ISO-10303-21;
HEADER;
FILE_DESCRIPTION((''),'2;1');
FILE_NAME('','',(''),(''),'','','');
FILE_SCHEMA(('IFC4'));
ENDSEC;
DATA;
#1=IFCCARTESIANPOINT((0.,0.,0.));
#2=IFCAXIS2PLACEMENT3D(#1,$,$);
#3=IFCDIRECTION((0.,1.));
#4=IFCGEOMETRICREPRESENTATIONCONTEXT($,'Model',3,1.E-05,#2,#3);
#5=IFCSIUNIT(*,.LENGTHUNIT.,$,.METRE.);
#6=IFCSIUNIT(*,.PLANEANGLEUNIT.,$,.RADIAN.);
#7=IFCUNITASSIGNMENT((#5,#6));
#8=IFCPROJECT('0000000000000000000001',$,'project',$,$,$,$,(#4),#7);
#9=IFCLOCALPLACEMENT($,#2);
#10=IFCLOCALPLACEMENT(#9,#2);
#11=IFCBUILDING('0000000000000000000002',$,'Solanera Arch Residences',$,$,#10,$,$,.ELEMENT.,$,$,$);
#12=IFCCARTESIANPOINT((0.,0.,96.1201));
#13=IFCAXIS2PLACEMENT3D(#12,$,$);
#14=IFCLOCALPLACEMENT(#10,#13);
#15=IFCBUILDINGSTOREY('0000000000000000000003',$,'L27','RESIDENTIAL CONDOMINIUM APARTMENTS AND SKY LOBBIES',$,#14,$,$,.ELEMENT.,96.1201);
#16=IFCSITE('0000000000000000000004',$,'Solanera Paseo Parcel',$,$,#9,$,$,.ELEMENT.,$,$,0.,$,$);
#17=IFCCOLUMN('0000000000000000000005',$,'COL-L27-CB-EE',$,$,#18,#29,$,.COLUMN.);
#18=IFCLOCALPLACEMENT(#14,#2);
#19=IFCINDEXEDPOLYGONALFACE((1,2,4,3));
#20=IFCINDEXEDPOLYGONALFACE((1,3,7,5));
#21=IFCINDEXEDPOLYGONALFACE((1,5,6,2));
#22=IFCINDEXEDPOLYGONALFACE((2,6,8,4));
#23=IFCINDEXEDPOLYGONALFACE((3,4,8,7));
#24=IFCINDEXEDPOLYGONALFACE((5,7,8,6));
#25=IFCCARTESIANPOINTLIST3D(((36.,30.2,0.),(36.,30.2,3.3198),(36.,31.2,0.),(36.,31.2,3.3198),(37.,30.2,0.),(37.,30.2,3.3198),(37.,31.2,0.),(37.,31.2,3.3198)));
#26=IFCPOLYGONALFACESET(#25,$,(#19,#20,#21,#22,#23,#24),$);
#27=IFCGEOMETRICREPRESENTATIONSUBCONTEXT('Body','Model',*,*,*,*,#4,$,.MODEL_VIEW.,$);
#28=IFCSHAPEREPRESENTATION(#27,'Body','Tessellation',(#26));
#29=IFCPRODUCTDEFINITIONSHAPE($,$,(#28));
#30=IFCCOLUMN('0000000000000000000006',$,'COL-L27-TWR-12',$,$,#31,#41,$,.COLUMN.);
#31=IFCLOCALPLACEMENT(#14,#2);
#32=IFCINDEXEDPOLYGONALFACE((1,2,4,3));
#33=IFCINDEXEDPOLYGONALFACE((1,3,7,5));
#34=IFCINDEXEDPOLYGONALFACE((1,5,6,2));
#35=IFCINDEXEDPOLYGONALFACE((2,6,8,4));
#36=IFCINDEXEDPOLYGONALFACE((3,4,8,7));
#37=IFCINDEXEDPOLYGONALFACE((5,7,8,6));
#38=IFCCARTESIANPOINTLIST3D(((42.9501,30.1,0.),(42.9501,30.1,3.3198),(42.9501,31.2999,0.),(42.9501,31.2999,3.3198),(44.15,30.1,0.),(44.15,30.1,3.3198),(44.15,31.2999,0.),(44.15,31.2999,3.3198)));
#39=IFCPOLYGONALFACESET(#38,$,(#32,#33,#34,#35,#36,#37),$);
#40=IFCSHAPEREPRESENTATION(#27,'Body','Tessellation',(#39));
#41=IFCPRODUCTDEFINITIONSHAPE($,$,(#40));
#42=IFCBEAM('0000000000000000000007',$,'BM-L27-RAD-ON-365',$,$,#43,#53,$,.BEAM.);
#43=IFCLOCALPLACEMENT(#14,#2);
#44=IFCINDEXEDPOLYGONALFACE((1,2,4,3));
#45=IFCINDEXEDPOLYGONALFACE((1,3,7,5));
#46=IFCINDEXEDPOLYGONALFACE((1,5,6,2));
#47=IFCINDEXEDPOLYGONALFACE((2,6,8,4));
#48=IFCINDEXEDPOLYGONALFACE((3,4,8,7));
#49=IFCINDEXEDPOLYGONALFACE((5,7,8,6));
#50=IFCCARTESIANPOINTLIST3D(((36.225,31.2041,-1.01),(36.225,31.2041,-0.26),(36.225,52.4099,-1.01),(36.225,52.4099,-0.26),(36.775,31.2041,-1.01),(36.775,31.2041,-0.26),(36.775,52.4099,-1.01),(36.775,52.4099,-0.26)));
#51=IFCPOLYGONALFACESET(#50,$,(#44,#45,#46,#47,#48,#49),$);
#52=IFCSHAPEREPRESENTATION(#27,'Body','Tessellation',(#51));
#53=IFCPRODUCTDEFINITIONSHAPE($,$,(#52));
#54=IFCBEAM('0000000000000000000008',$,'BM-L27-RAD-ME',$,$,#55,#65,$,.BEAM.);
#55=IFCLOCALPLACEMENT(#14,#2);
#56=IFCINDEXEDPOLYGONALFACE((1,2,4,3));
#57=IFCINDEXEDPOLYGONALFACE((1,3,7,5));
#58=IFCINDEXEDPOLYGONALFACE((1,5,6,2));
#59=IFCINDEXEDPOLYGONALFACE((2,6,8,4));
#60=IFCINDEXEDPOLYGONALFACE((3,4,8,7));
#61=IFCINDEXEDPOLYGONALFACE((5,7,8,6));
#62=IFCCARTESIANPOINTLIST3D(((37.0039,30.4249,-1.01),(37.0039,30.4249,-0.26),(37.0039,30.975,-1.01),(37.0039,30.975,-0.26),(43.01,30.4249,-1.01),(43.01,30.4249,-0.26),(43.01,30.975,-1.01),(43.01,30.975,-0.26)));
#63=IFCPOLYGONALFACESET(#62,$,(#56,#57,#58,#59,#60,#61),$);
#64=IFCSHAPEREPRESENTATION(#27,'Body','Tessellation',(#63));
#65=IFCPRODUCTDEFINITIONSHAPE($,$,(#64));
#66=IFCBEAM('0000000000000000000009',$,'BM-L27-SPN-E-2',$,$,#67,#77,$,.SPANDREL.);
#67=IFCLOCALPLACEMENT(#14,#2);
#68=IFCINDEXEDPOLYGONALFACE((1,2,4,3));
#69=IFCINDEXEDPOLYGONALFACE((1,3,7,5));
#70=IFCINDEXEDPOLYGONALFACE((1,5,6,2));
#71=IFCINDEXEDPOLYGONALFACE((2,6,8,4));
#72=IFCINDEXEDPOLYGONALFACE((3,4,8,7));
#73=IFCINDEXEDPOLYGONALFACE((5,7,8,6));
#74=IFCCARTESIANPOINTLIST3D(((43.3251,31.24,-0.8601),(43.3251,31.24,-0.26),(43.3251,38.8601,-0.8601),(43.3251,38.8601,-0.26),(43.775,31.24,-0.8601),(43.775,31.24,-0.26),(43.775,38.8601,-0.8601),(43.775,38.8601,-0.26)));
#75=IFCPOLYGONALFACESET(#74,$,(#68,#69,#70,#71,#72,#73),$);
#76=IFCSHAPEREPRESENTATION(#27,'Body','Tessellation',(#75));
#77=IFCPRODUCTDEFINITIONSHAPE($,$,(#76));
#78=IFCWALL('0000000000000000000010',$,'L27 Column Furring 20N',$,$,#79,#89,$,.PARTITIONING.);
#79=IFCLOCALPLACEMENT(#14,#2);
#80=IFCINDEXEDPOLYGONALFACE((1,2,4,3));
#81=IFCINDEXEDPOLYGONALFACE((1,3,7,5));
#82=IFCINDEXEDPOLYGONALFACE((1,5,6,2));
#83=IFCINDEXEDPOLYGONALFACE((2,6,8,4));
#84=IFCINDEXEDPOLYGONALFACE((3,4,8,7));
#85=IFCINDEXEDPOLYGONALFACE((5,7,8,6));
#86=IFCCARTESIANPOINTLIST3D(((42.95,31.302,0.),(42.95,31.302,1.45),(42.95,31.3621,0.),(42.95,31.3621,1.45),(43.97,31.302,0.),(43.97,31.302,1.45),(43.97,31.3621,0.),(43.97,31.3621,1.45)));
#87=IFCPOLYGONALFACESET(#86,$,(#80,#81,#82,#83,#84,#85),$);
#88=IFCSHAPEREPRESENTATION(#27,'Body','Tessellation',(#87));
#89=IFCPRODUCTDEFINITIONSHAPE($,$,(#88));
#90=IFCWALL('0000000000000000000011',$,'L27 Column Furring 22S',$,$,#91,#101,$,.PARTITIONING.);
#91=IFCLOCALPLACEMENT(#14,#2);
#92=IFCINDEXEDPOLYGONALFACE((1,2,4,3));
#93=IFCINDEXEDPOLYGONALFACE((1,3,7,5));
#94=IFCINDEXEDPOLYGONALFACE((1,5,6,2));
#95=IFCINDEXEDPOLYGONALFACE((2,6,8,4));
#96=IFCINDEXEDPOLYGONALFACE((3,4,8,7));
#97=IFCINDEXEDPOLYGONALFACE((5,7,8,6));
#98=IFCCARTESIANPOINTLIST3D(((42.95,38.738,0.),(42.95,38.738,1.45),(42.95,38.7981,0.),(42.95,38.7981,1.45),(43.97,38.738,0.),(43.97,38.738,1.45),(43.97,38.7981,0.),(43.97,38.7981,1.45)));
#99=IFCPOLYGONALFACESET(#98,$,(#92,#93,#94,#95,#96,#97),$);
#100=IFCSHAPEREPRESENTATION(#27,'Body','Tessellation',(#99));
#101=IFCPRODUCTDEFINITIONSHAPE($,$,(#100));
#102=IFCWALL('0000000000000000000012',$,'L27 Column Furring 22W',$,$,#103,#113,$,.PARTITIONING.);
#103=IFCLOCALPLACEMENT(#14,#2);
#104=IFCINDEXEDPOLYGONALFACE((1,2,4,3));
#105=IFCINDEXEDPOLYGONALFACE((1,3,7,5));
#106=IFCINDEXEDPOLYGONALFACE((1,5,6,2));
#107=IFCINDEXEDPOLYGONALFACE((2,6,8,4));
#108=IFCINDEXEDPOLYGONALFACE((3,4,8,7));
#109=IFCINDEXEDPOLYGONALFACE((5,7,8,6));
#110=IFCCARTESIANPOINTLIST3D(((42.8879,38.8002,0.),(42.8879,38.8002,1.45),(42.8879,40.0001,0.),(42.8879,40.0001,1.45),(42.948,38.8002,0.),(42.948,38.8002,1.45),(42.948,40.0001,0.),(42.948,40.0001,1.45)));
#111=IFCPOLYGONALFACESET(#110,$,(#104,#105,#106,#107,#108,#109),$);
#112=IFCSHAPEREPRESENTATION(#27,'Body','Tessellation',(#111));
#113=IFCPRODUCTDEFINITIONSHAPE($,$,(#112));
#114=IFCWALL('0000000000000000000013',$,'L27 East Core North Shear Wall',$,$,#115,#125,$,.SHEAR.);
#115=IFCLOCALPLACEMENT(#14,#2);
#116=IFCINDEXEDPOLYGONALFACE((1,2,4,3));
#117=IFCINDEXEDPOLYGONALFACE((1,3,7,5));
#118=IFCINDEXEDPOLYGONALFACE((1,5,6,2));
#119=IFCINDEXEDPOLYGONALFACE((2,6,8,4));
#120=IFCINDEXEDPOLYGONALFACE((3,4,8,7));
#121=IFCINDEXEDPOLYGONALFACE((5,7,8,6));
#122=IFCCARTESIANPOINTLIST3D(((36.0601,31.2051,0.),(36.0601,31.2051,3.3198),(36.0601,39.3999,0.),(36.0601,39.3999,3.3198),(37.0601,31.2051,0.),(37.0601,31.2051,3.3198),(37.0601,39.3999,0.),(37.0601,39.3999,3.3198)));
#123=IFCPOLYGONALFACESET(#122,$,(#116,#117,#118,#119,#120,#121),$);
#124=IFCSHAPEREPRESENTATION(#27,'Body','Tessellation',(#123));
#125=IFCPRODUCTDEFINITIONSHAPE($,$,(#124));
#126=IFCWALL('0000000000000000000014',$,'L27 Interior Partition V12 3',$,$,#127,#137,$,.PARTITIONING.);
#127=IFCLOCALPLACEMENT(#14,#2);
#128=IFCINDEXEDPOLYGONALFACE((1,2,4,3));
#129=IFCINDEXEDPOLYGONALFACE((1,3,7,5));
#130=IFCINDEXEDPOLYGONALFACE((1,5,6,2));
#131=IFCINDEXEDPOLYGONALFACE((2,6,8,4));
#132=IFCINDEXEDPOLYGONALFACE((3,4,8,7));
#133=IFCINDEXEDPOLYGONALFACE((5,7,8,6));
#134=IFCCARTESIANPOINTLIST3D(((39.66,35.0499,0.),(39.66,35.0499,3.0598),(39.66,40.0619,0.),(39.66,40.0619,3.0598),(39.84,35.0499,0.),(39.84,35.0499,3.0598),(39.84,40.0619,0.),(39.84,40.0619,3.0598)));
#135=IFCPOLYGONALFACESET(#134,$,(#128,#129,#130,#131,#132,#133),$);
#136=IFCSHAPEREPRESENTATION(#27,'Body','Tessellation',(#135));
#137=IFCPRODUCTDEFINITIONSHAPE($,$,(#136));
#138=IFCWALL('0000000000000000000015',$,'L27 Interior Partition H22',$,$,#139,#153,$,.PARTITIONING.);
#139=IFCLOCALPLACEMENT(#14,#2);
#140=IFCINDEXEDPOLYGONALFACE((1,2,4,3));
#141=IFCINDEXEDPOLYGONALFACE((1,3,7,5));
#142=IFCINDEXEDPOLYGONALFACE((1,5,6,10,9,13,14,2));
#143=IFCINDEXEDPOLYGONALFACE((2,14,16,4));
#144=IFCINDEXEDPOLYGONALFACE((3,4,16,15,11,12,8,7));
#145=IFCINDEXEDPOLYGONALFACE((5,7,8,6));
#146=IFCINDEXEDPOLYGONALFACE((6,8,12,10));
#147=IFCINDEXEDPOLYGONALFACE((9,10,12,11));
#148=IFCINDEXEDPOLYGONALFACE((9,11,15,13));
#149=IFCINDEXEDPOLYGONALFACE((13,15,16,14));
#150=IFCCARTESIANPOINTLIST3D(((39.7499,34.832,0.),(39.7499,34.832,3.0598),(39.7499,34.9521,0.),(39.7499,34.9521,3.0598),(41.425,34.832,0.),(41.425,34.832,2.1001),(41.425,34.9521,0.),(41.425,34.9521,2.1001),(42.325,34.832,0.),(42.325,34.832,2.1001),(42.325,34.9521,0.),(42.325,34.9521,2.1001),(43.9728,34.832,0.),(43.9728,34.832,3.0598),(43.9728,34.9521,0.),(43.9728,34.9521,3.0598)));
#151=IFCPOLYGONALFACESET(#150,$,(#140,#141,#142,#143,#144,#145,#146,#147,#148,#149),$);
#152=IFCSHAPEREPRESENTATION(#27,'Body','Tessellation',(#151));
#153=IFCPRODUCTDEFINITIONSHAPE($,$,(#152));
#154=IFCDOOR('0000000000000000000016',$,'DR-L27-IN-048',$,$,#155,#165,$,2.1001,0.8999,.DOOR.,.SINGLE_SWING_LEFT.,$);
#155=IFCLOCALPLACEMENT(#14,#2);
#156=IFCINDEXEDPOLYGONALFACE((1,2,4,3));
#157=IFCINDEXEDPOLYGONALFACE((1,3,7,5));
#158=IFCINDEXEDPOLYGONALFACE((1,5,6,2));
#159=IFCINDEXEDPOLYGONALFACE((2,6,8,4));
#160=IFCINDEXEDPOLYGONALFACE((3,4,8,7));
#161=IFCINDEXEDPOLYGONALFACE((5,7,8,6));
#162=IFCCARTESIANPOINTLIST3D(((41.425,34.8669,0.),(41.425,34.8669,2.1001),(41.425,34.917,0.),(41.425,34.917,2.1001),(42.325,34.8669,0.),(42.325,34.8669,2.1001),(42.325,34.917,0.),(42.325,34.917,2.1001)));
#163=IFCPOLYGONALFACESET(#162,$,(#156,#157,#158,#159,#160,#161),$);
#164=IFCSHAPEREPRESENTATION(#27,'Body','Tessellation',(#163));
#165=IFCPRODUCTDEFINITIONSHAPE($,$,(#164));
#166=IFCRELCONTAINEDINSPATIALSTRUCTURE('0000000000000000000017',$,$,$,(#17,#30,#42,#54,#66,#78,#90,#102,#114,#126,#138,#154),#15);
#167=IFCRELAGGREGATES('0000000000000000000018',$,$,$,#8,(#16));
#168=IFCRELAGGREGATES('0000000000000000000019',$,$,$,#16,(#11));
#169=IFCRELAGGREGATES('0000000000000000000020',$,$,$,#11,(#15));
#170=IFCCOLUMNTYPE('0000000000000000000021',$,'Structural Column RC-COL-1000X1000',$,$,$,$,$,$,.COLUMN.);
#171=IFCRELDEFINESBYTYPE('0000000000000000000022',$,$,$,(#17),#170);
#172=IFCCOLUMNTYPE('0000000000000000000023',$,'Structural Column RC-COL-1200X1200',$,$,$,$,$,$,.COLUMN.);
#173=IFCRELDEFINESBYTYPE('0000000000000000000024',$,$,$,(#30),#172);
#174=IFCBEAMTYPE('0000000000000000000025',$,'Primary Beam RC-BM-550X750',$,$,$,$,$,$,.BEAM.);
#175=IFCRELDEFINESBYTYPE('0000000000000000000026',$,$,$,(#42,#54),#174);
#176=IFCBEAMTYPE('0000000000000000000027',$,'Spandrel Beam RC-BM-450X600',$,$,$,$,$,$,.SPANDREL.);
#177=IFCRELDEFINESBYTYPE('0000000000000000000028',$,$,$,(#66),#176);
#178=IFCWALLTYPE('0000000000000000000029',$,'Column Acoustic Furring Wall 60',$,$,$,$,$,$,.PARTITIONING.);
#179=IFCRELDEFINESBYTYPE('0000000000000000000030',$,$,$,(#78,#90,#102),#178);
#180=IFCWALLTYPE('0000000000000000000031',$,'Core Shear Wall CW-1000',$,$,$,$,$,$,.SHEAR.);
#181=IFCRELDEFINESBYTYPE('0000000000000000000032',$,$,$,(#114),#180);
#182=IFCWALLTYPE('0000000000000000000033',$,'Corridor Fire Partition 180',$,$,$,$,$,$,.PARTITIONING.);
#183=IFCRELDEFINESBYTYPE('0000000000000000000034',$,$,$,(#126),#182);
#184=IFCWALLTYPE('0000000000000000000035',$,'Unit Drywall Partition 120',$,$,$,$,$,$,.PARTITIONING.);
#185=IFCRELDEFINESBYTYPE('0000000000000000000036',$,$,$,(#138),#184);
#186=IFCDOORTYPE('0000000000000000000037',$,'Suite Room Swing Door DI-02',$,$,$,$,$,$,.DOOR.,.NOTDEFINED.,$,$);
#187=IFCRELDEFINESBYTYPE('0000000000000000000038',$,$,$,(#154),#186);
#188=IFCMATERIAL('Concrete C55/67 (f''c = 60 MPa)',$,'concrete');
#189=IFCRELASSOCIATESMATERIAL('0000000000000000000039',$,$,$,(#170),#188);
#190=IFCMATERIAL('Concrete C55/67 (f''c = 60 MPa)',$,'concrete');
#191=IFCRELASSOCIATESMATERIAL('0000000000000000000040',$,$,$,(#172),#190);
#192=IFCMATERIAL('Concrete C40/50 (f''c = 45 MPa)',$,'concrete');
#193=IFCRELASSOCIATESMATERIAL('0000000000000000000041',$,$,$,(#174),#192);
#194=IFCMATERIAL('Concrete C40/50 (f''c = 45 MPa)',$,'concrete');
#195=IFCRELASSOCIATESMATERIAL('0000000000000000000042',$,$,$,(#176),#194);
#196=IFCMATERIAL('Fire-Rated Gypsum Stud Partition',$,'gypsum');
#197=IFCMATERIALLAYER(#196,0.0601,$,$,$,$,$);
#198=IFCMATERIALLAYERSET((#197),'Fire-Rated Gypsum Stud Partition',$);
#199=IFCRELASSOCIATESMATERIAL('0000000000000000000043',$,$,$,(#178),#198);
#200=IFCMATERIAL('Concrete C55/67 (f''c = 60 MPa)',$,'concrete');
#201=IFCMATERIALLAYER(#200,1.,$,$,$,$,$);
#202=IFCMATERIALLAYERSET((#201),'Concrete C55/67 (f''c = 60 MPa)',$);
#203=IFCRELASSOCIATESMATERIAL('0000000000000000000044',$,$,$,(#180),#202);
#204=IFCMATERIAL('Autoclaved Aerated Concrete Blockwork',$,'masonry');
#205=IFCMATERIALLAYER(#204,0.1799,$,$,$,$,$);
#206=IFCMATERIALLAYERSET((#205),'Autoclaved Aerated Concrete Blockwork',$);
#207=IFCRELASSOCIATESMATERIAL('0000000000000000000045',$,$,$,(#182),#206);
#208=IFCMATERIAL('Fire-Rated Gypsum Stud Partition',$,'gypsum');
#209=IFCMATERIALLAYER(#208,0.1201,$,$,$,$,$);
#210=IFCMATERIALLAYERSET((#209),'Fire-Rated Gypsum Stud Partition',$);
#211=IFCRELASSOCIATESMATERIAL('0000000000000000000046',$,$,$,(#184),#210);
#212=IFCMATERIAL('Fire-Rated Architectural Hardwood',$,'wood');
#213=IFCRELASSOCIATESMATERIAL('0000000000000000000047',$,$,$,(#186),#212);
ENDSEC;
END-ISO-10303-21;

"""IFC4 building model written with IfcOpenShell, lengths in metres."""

from ifc_helpers import new_model, si_unit, direction, frame, frame_2d, origin, origin_2d, place, context, subcontext, project, spatial, rectangle, extrude, material, layer, layer_set, material_profile, profile_set, type_object, element, fill, save


model = new_model("IFC4")

# Units and contexts
model_context = context("Model", 3, precision=1e-05, world=origin(), true_north=direction((0.0, 1.0)))
body_context = subcontext(model_context, "Body", "Model", "MODEL_VIEW")
ifc_project = project(units=[si_unit("LENGTHUNIT", "METRE"), si_unit("PLANEANGLEUNIT", "RADIAN")], contexts=[model_context])

# Site, building, storey
site_placement = place(None, origin())
site = spatial("IfcSite", under=ifc_project, at=site_placement, Name="Solanera Paseo Parcel", CompositionType="ELEMENT", RefElevation=0.0)
building_placement = place(site_placement, origin())
building = spatial("IfcBuilding", under=site, at=building_placement, Name="Solanera Arch Residences", CompositionType="ELEMENT")
storey_placement = place(building_placement, frame((0.0, 0.0, 96.1201)))
storey = spatial("IfcBuildingStorey", under=building, at=storey_placement, Name="L27", Description="RESIDENTIAL CONDOMINIUM APARTMENTS AND SKY LOBBIES", CompositionType="ELEMENT", Elevation=96.1201)

# Columns
ifc_material_1 = material(Name="Concrete C55/67 (f'c = 60 MPa)", Category="concrete")
ifc_material_profile_1 = material_profile(ifc_material_1, rectangle(XDim=1.0, YDim=1.0, at=origin_2d()))
ifc_profile_set_1 = profile_set([ifc_material_profile_1], Name="Concrete C55/67 (f'c = 60 MPa)")
column_type_1 = type_object("IfcColumnType", Name="Structural Column RC-COL-1000X1000", PredefinedType="COLUMN", material=ifc_profile_set_1)
column_1_placement = place(storey_placement, frame((36.5, 30.7, 0.0), z_axis=(0.0, 0.0, 1.0), x_axis=(1.0, 0.0, 0.0)))
element("IfcColumn", 1, at=column_1_placement, inside=storey, type_object=column_type_1, Name="COL-L27-CB-EE", PredefinedType="COLUMN", context=body_context, shape_type="SweptSolid", body=[
    extrude(rectangle(XDim=1.0, YDim=1.0, at=origin_2d()), origin(), (0.0, 0.0, 1.0), 3.3198),
])
ifc_material_2 = material(Name="Concrete C55/67 (f'c = 60 MPa)", Category="concrete")
ifc_material_profile_2 = material_profile(ifc_material_2, rectangle(XDim=1.2, YDim=1.2, at=origin_2d()))
ifc_profile_set_2 = profile_set([ifc_material_profile_2], Name="Concrete C55/67 (f'c = 60 MPa)")
column_type_2 = type_object("IfcColumnType", Name="Structural Column RC-COL-1200X1200", PredefinedType="COLUMN", material=ifc_profile_set_2)
column_2_placement = place(storey_placement, frame((43.55, 30.7, 0.0), z_axis=(0.0, 0.0, 1.0), x_axis=(1.0, 0.0, 0.0)))
element("IfcColumn", 2, at=column_2_placement, inside=storey, type_object=column_type_2, Name="COL-L27-TWR-12", PredefinedType="COLUMN", context=body_context, shape_type="SweptSolid", body=[
    extrude(rectangle(XDim=1.2, YDim=1.2, at=origin_2d()), origin(), (0.0, 0.0, 1.0), 3.3198),
])

# Beams
ifc_material_3 = material(Name="Concrete C40/50 (f'c = 45 MPa)", Category="concrete")
ifc_material_profile_3 = material_profile(ifc_material_3, rectangle(XDim=0.55, YDim=0.75, at=origin_2d()))
ifc_profile_set_3 = profile_set([ifc_material_profile_3], Name="Concrete C40/50 (f'c = 45 MPa)")
beam_type_1 = type_object("IfcBeamType", Name="Primary Beam RC-BM-550X750", PredefinedType="BEAM", material=ifc_profile_set_3)
beam_1_placement = place(storey_placement, frame((36.5, 31.2041, -0.635), z_axis=(0.0, 1.0, 0.0), x_axis=(-1.0, 0.0, 0.0)))
element("IfcBeam", 3, at=beam_1_placement, inside=storey, type_object=beam_type_1, Name="BM-L27-RAD-ON-365", PredefinedType="BEAM", context=body_context, shape_type="SweptSolid", body=[
    extrude(rectangle(XDim=0.55, YDim=0.75, at=origin_2d()), origin(), (0.0, 0.0, 1.0), 21.2058),
])
beam_2_placement = place(storey_placement, frame((37.0039, 30.7, -0.635), z_axis=(1.0, 0.0, 0.0), x_axis=(0.0, 1.0, 0.0)))
element("IfcBeam", 4, at=beam_2_placement, inside=storey, type_object=beam_type_1, Name="BM-L27-RAD-ME", PredefinedType="BEAM", context=body_context, shape_type="SweptSolid", body=[
    extrude(rectangle(XDim=0.55, YDim=0.75, at=origin_2d()), origin(), (0.0, 0.0, 1.0), 6.0061),
])
ifc_material_4 = material(Name="Concrete C40/50 (f'c = 45 MPa)", Category="concrete")
ifc_material_profile_4 = material_profile(ifc_material_4, rectangle(XDim=0.45, YDim=0.6001, at=origin_2d()))
ifc_profile_set_4 = profile_set([ifc_material_profile_4], Name="Concrete C40/50 (f'c = 45 MPa)")
beam_type_2 = type_object("IfcBeamType", Name="Spandrel Beam RC-BM-450X600", PredefinedType="SPANDREL", material=ifc_profile_set_4)
beam_3_placement = place(storey_placement, frame((43.55, 31.24, -0.5601), z_axis=(0.0, 1.0, 0.0), x_axis=(-1.0, 0.0, 0.0)))
element("IfcBeam", 5, at=beam_3_placement, inside=storey, type_object=beam_type_2, Name="BM-L27-SPN-E-2", PredefinedType="SPANDREL", context=body_context, shape_type="SweptSolid", body=[
    extrude(rectangle(XDim=0.45, YDim=0.6001, at=origin_2d()), origin(), (0.0, 0.0, 1.0), 7.6201),
])

# Walls
ifc_material_5 = material(Name="Fire-Rated Gypsum Stud Partition", Category="gypsum")
ifc_layer_1 = layer(ifc_material_5, 0.0601)
ifc_layer_set_1 = layer_set([ifc_layer_1], Name="Fire-Rated Gypsum Stud Partition")
wall_type_1 = type_object("IfcWallType", Name="Column Acoustic Furring Wall 60", PredefinedType="PARTITIONING", material=ifc_layer_set_1)
for number, where, z_axis, x_axis, name in (
    (6, (42.95, 31.332, 0.0), (0.0, 0.0, 1.0), (1.0, 0.0, 0.0), "L27 Column Furring 20N"),
    (7, (42.95, 38.7681, 0.0), (0.0, 0.0, 1.0), (1.0, 0.0, 0.0), "L27 Column Furring 22S"),
):
    element("IfcWall", number, at=place(storey_placement, frame(where, z_axis=z_axis, x_axis=x_axis)), inside=storey, type_object=wall_type_1, Name=name, PredefinedType="PARTITIONING", context=body_context, shape_type="SweptSolid", body=[
        extrude(rectangle(XDim=1.02, YDim=0.0601, at=frame_2d((0.51, 0.0))), origin(), (0.0, 0.0, 1.0), 1.45),
    ])
wall_1_placement = place(storey_placement, frame((42.918, 38.8, 0.0), z_axis=(0.0, 0.0, 1.0), x_axis=(0.0, 1.0, 0.0)))
element("IfcWall", 8, at=wall_1_placement, inside=storey, type_object=wall_type_1, Name="L27 Column Furring 22W", PredefinedType="PARTITIONING", context=body_context, shape_type="SweptSolid", body=[
    extrude(rectangle(XDim=1.2, YDim=0.0601, at=frame_2d((0.6001, 0.0))), origin(), (0.0, 0.0, 1.0), 1.45),
])
ifc_material_6 = material(Name="Concrete C55/67 (f'c = 60 MPa)", Category="concrete")
ifc_layer_2 = layer(ifc_material_6, 1.0)
ifc_layer_set_2 = layer_set([ifc_layer_2], Name="Concrete C55/67 (f'c = 60 MPa)")
wall_type_2 = type_object("IfcWallType", Name="Core Shear Wall CW-1000", PredefinedType="SHEAR", material=ifc_layer_set_2)
wall_2_placement = place(storey_placement, frame((36.5601, 31.2051, 0.0), z_axis=(0.0, 0.0, 1.0), x_axis=(0.0, 1.0, 0.0)))
element("IfcWall", 9, at=wall_2_placement, inside=storey, type_object=wall_type_2, Name="L27 East Core North Shear Wall", PredefinedType="SHEAR", context=body_context, shape_type="SweptSolid", body=[
    extrude(rectangle(XDim=8.1948, YDim=1.0, at=frame_2d((4.0974, 0.0))), origin(), (0.0, 0.0, 1.0), 3.3198),
])
ifc_material_7 = material(Name="Autoclaved Aerated Concrete Blockwork", Category="masonry")
ifc_layer_3 = layer(ifc_material_7, 0.1799)
ifc_layer_set_3 = layer_set([ifc_layer_3], Name="Autoclaved Aerated Concrete Blockwork")
wall_type_3 = type_object("IfcWallType", Name="Corridor Fire Partition 180", PredefinedType="PARTITIONING", material=ifc_layer_set_3)
wall_3_placement = place(storey_placement, frame((39.75, 35.05, 0.0), z_axis=(0.0, 0.0, 1.0), x_axis=(0.0, 1.0, 0.0)))
element("IfcWall", 10, at=wall_3_placement, inside=storey, type_object=wall_type_3, Name="L27 Interior Partition V12 3", PredefinedType="PARTITIONING", context=body_context, shape_type="SweptSolid", body=[
    extrude(rectangle(XDim=5.012, YDim=0.1799, at=frame_2d((2.5059, 0.0))), origin(), (0.0, 0.0, 1.0), 3.0598),
])

# Wall, opening, door
ifc_material_8 = material(Name="Fire-Rated Gypsum Stud Partition", Category="gypsum")
ifc_layer_4 = layer(ifc_material_8, 0.1201)
ifc_layer_set_4 = layer_set([ifc_layer_4], Name="Fire-Rated Gypsum Stud Partition")
wall_type_4 = type_object("IfcWallType", Name="Unit Drywall Partition 120", PredefinedType="PARTITIONING", material=ifc_layer_set_4)
wall_4_placement = place(storey_placement, frame((39.75, 34.8921, 0.0), z_axis=(0.0, 0.0, 1.0), x_axis=(1.0, 0.0, 0.0)))
wall_4 = element("IfcWall", 11, at=wall_4_placement, inside=storey, type_object=wall_type_4, Name="L27 Interior Partition H22", PredefinedType="PARTITIONING", context=body_context, shape_type="SweptSolid", body=[
    extrude(rectangle(XDim=4.2229, YDim=0.1201, at=frame_2d((2.1113, 0.0))), origin(), (0.0, 0.0, 1.0), 3.0598),
])
opening_placement = place(wall_4_placement, frame((1.675, 0.0, 0.0)))
opening = element("IfcOpeningElement", 12, at=opening_placement, cuts=wall_4, PredefinedType="OPENING", context=body_context, shape_type="SweptSolid", body=[
    extrude(rectangle(XDim=0.8999, YDim=2.1001, at=frame_2d((0.45, 1.05))), frame((0.0, 0.0701, 0.0), z_axis=(0.0, -1.0, 0.0), x_axis=(1.0, 0.0, 0.0)), (0.0, 0.0, 1.0), 0.1401),
])
ifc_material_9 = material(Name="Fire-Rated Architectural Hardwood", Category="wood")
door_type = type_object("IfcDoorType", Name="Suite Room Swing Door DI-02", OperationType="NOTDEFINED", PredefinedType="DOOR", material=ifc_material_9)
door_placement = place(opening_placement, origin())
door = element("IfcDoor", 13, at=door_placement, inside=storey, type_object=door_type, Name="DR-L27-IN-048", OperationType="SINGLE_SWING_LEFT", OverallHeight=2.1001, OverallWidth=0.8999, PredefinedType="DOOR", context=body_context, shape_type="SweptSolid", body=[
    extrude(rectangle(XDim=0.8999, YDim=2.1001, at=frame_2d((0.45, 1.05))), frame((0.0, 0.0249, 0.0), z_axis=(0.0, -1.0, 0.0), x_axis=(1.0, 0.0, 0.0)), (0.0, 0.0, 1.0), 0.05),
])
fill(opening, door)

save(model, "model.ifc")
